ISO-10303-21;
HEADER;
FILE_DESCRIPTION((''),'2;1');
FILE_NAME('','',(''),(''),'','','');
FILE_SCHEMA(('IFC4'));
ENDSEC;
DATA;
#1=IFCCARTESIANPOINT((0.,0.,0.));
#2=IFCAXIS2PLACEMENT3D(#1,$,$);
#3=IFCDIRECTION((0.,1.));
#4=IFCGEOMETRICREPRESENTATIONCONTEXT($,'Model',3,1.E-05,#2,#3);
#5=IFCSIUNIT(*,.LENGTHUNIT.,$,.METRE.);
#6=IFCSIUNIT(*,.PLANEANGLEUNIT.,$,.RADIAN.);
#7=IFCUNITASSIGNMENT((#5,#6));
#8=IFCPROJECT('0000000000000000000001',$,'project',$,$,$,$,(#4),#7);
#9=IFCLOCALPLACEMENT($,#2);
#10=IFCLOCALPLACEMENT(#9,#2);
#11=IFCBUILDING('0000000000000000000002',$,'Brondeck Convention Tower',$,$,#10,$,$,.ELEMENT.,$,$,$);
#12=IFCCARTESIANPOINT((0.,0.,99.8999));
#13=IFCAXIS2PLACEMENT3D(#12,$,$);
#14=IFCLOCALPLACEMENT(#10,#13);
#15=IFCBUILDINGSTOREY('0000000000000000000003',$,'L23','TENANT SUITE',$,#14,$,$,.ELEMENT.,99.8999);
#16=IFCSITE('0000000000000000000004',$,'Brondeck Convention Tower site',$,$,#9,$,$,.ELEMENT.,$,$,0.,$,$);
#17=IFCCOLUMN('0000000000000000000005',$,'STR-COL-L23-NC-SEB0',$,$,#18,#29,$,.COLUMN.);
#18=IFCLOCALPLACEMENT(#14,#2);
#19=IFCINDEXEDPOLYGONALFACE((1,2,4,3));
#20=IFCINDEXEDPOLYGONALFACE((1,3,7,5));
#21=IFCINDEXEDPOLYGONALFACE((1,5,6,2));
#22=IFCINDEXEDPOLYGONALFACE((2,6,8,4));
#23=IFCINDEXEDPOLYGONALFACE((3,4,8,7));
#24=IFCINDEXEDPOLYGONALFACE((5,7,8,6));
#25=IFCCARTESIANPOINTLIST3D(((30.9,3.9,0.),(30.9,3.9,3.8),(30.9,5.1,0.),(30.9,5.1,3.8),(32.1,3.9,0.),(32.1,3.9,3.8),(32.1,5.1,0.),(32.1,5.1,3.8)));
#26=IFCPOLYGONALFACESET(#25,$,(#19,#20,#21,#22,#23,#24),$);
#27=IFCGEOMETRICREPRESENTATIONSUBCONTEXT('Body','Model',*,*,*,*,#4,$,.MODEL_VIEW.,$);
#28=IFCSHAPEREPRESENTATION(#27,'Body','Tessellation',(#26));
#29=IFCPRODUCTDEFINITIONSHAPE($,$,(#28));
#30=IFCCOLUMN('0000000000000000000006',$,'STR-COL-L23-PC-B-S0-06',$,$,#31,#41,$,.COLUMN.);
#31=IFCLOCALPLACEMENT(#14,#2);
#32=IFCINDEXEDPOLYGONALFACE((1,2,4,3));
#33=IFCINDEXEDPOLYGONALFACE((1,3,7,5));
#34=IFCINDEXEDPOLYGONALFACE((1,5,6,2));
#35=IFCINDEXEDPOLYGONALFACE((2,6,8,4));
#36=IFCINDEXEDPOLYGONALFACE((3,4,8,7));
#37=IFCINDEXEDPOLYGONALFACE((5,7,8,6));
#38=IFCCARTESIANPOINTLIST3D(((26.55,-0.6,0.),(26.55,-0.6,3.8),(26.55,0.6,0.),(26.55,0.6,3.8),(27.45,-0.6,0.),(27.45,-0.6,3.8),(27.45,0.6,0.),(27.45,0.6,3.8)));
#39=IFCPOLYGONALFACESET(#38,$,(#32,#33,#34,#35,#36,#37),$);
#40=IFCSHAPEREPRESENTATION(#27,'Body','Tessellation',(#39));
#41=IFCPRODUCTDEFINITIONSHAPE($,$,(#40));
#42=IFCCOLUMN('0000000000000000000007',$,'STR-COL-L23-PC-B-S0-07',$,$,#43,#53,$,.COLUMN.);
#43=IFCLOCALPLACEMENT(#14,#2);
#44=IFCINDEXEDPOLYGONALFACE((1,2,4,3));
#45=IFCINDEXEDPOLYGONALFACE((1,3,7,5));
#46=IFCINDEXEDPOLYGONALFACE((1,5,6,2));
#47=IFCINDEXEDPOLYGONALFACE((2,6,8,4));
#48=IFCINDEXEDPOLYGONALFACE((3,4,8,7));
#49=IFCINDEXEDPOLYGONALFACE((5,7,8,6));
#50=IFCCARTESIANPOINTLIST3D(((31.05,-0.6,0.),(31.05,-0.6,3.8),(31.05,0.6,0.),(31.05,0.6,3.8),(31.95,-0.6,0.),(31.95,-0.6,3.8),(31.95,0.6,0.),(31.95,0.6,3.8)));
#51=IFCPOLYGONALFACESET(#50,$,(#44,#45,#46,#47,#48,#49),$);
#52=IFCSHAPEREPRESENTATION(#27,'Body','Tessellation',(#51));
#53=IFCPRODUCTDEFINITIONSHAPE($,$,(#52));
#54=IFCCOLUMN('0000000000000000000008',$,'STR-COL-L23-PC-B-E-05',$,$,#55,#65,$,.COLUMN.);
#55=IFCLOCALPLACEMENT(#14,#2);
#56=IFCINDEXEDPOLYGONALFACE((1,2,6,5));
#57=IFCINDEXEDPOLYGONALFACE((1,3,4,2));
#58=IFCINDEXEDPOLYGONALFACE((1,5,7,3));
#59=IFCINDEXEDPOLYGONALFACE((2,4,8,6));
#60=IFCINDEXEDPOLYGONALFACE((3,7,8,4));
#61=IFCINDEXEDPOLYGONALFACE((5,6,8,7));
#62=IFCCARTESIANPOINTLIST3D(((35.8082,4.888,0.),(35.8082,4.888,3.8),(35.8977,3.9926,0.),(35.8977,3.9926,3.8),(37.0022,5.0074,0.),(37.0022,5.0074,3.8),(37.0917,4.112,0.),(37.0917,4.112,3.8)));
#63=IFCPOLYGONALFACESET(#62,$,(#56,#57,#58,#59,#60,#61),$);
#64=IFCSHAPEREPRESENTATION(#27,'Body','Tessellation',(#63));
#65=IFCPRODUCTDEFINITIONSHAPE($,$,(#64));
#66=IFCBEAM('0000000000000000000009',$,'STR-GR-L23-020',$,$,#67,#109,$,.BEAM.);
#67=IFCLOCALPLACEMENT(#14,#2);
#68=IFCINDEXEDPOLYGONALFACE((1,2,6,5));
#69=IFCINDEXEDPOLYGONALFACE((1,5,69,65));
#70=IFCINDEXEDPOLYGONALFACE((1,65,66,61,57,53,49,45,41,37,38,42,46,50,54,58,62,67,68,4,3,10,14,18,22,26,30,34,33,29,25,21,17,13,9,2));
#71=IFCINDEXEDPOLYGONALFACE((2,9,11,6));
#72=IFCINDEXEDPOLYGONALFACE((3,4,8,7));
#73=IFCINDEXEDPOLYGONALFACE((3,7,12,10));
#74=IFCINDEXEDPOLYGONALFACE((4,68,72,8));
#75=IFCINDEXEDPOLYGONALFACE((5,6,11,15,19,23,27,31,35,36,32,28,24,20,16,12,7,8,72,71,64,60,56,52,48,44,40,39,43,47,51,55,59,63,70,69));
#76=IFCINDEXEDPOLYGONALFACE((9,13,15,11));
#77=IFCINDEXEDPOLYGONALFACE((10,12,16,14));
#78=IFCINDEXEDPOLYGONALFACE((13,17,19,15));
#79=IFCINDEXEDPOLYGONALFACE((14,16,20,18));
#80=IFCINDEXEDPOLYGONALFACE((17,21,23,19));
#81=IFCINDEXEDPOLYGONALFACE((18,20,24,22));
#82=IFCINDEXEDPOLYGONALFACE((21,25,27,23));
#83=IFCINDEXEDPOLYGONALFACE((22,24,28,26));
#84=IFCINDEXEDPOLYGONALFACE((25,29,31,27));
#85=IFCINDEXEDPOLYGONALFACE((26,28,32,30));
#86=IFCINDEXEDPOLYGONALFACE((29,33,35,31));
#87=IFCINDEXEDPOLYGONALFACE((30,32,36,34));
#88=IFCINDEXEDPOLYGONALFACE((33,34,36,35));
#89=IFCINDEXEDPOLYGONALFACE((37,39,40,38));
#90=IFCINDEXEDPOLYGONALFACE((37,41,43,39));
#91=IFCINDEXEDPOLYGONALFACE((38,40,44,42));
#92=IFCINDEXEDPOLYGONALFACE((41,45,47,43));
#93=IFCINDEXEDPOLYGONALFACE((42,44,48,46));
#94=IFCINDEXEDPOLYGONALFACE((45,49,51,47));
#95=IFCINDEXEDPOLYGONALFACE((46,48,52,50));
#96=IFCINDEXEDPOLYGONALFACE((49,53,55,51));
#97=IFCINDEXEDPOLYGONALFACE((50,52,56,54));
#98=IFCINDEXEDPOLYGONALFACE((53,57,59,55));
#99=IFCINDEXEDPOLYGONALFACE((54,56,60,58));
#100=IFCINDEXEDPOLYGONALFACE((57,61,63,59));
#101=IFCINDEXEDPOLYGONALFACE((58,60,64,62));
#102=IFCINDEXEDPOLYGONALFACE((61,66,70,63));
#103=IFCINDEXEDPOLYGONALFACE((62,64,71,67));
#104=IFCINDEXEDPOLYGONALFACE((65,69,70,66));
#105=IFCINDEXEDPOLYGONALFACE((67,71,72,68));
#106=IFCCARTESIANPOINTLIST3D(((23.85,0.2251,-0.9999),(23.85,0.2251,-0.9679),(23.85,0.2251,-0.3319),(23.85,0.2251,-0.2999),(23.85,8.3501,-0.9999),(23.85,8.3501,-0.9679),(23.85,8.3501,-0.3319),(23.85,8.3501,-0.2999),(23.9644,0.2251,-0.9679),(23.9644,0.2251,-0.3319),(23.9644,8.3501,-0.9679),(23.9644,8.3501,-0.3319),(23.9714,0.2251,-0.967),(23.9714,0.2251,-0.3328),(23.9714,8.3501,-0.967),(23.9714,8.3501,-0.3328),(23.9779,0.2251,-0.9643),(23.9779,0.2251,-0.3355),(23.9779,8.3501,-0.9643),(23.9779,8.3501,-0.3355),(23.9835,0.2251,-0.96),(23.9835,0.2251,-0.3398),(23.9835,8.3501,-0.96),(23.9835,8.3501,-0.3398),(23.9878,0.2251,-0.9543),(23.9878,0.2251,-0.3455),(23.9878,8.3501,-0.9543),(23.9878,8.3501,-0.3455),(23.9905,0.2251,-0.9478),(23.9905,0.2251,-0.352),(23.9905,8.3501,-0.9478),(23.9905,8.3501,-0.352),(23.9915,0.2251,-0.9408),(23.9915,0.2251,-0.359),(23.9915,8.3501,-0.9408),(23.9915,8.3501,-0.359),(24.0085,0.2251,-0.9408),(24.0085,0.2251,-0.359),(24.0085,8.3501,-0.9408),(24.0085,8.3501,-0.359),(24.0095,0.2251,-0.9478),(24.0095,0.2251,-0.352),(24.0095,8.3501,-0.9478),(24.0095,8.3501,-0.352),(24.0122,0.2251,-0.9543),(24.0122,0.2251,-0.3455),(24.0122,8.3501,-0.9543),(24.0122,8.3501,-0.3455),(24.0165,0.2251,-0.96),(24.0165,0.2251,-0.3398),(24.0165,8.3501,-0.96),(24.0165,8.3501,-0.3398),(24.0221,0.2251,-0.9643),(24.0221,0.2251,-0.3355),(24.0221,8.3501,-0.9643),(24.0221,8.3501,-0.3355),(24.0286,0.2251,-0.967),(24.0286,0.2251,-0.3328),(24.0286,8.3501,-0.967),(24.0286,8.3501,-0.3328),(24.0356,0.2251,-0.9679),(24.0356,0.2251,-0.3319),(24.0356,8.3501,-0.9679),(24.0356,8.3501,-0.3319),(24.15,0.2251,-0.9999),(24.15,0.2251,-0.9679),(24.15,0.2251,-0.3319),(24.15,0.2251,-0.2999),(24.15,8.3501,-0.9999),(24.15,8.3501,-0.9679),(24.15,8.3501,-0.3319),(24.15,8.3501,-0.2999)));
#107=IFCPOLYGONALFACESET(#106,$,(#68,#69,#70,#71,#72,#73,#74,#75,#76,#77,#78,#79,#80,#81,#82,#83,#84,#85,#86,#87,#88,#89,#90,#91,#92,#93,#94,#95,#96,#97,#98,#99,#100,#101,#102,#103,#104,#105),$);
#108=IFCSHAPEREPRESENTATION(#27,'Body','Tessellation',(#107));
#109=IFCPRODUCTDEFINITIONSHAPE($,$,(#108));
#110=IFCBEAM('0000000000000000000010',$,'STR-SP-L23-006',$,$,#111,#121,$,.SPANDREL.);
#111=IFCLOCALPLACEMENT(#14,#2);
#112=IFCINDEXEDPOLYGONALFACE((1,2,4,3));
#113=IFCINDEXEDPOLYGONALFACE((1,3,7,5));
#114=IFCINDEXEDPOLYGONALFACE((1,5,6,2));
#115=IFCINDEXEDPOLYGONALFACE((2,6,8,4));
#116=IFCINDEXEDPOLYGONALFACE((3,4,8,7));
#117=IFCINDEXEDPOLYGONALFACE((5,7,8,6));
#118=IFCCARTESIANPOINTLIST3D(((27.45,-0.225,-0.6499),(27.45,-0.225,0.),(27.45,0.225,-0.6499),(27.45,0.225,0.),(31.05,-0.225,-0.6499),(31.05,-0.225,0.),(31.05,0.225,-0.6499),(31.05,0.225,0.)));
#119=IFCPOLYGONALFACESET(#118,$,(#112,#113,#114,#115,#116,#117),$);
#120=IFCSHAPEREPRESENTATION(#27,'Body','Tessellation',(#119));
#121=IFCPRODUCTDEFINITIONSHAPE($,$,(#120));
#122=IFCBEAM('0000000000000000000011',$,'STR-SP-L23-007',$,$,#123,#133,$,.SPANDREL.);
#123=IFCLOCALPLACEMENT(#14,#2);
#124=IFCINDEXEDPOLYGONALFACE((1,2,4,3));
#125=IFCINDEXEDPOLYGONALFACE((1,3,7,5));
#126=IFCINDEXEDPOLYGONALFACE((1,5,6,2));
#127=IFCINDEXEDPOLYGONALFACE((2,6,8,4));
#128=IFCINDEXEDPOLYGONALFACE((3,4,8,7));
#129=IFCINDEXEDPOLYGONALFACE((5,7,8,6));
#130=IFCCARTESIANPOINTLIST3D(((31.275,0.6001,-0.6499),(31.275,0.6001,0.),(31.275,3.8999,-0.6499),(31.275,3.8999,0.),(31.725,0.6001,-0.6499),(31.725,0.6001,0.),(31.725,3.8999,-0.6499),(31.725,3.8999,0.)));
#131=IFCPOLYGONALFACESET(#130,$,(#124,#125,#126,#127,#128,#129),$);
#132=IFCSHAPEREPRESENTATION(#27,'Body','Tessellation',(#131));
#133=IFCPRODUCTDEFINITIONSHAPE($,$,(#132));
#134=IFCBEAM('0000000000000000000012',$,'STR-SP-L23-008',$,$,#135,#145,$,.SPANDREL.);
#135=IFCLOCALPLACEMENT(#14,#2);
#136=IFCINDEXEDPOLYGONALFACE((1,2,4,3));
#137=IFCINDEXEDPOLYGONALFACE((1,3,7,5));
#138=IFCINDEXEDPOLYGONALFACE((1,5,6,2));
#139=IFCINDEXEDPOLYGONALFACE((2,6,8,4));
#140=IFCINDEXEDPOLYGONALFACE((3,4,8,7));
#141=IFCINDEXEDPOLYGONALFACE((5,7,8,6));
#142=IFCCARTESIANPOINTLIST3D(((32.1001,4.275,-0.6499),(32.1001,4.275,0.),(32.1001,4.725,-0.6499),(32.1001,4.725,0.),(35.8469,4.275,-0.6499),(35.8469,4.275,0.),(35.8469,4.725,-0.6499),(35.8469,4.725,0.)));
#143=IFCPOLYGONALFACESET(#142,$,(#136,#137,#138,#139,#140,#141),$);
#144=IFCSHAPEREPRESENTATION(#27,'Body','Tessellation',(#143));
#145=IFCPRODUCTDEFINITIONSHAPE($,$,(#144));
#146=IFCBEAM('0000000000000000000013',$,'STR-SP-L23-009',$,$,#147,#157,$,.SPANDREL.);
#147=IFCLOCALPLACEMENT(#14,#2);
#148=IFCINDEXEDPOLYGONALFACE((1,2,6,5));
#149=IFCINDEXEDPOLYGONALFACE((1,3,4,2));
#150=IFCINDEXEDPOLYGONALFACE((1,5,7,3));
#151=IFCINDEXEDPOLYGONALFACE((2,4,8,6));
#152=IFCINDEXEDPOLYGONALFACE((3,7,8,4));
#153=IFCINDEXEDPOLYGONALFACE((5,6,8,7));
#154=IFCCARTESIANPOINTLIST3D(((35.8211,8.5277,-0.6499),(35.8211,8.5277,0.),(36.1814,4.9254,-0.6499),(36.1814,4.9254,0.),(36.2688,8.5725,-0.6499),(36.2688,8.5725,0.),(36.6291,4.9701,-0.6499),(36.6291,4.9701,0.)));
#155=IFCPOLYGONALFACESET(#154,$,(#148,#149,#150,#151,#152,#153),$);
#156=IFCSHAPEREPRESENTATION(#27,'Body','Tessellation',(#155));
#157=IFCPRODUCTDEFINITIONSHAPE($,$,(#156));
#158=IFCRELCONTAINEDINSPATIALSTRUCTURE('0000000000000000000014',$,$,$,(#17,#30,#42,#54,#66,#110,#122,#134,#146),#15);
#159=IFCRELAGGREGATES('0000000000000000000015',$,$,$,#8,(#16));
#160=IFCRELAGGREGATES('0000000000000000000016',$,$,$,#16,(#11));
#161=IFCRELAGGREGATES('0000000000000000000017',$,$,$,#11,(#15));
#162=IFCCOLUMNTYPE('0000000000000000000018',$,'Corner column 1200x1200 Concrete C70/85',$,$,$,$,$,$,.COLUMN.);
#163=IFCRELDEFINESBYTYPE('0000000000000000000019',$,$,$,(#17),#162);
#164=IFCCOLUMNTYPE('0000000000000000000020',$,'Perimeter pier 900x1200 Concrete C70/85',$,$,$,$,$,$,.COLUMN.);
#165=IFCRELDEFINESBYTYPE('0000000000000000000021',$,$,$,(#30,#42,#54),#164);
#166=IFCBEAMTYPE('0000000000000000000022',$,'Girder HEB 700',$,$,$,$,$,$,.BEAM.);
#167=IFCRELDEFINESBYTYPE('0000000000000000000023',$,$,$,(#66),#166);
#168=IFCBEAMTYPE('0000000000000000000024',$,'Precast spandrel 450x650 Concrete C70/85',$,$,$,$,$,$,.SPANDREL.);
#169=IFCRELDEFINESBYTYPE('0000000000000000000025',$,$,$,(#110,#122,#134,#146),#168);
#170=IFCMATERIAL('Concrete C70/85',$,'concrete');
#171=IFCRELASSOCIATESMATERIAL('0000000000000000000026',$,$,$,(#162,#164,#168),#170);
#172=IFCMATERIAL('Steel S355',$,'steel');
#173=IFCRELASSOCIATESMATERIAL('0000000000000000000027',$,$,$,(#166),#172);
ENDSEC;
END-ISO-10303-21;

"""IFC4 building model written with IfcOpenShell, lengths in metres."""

from ifc_helpers import new_model, si_unit, direction, frame, origin, origin_2d, place, context, subcontext, project, spatial, rectangle, i_section, extrude, material, material_profile, profile_set, type_object, element, save


model = new_model("IFC4")

# Units and contexts
model_context = context("Model", 3, precision=1e-05, world=origin(), true_north=direction((0.0, 1.0)))
body_context = subcontext(model_context, "Body", "Model", "MODEL_VIEW")
ifc_project = project(units=[si_unit("LENGTHUNIT", "METRE"), si_unit("PLANEANGLEUNIT", "RADIAN")], contexts=[model_context])

# Site, building, storey
site_placement = place(None, origin())
site = spatial("IfcSite", under=ifc_project, at=site_placement, Name="Brondeck Convention Tower site", CompositionType="ELEMENT", RefElevation=0.0)
building_placement = place(site_placement, origin())
building = spatial("IfcBuilding", under=site, at=building_placement, Name="Brondeck Convention Tower", CompositionType="ELEMENT")
storey_placement = place(building_placement, frame((0.0, 0.0, 99.8999)))
storey = spatial("IfcBuildingStorey", under=building, at=storey_placement, Name="L23", Description="TENANT SUITE", CompositionType="ELEMENT", Elevation=99.8999)

# Columns
ifc_material_1 = material(Name="Concrete C70/85", Category="concrete")
ifc_material_profile_1 = material_profile(ifc_material_1, rectangle(XDim=1.2, YDim=1.2, at=origin_2d()), Name="Corner column 1200x1200 Concrete C70/85")
ifc_profile_set_1 = profile_set([ifc_material_profile_1], Name="Concrete C70/85")
column_type_1 = type_object("IfcColumnType", Name="Corner column 1200x1200 Concrete C70/85", PredefinedType="COLUMN", material=ifc_profile_set_1)
column_placement = place(storey_placement, frame((31.5, 4.5, 0.0), z_axis=(0.0, 0.0, 1.0), x_axis=(1.0, 0.0, 0.0)))
element("IfcColumn", 1, at=column_placement, inside=storey, type_object=column_type_1, Name="STR-COL-L23-NC-SEB0", PredefinedType="COLUMN", context=body_context, shape_type="SweptSolid", body=[
    extrude(rectangle(XDim=1.2, YDim=1.2, at=origin_2d()), origin(), (0.0, 0.0, 1.0), 3.8),
])
ifc_material_profile_2 = material_profile(ifc_material_1, rectangle(XDim=0.8999, YDim=1.2, at=origin_2d()), Name="Perimeter pier 900x1200 Concrete C70/85")
ifc_profile_set_2 = profile_set([ifc_material_profile_2], Name="Concrete C70/85")
column_type_2 = type_object("IfcColumnType", Name="Perimeter pier 900x1200 Concrete C70/85", PredefinedType="COLUMN", material=ifc_profile_set_2)
for number, where, z_axis, x_axis, name in (
    (2, (27.0, 0.0, 0.0), (0.0, 0.0, 1.0), (1.0, 0.0, 0.0), "STR-COL-L23-PC-B-S0-06"),
    (3, (31.5, 0.0, 0.0), (0.0, 0.0, 1.0), (1.0, 0.0, 0.0), "STR-COL-L23-PC-B-S0-07"),
    (4, (36.45, 4.5, 0.0), (0.0, 0.0, 1.0), (-0.099504, 0.995037, 0.0), "STR-COL-L23-PC-B-E-05"),
):
    element("IfcColumn", number, at=place(storey_placement, frame(where, z_axis=z_axis, x_axis=x_axis)), inside=storey, type_object=column_type_2, Name=name, PredefinedType="COLUMN", context=body_context, shape_type="SweptSolid", body=[
        extrude(rectangle(XDim=0.8999, YDim=1.2, at=origin_2d()), origin(), (0.0, 0.0, 1.0), 3.8),
    ])

# Beams
ifc_material_2 = material(Name="Steel S355", Category="steel")
ifc_material_profile_3 = material_profile(ifc_material_2, i_section(OverallWidth=0.3, OverallDepth=0.7, WebThickness=0.0171, FlangeThickness=0.032, FilletRadius=0.0271, at=origin_2d()), Name="HEB 700")
ifc_profile_set_3 = profile_set([ifc_material_profile_3], Name="Steel S355")
beam_type_1 = type_object("IfcBeamType", Name="Girder HEB 700", PredefinedType="BEAM", material=ifc_profile_set_3)
beam_1_placement = place(storey_placement, frame((24.0, 8.3501, -0.6499), z_axis=(0.0, -1.0, 0.0), x_axis=(1.0, 0.0, 0.0)))
element("IfcBeam", 5, at=beam_1_placement, inside=storey, type_object=beam_type_1, Name="STR-GR-L23-020", PredefinedType="BEAM", context=body_context, shape_type="SweptSolid", body=[
    extrude(i_section(OverallWidth=0.3, OverallDepth=0.7, WebThickness=0.0171, FlangeThickness=0.032, FilletRadius=0.0271, at=origin_2d()), origin(), (0.0, 0.0, 1.0), 8.125),
])
ifc_material_profile_4 = material_profile(ifc_material_1, rectangle(XDim=0.45, YDim=0.6499, at=origin_2d()), Name="Precast spandrel 450x650 Concrete C70/85")
ifc_profile_set_4 = profile_set([ifc_material_profile_4], Name="Concrete C70/85")
beam_type_2 = type_object("IfcBeamType", Name="Precast spandrel 450x650 Concrete C70/85", PredefinedType="SPANDREL", material=ifc_profile_set_4)
beam_2_placement = place(storey_placement, frame((27.45, 0.0, -0.325), z_axis=(1.0, 0.0, 0.0), x_axis=(0.0, 1.0, 0.0)))
element("IfcBeam", 6, at=beam_2_placement, inside=storey, type_object=beam_type_2, Name="STR-SP-L23-006", PredefinedType="SPANDREL", context=body_context, shape_type="SweptSolid", body=[
    extrude(rectangle(XDim=0.45, YDim=0.6499, at=origin_2d()), origin(), (0.0, 0.0, 1.0), 3.6001),
])
beam_3_placement = place(storey_placement, frame((31.5, 0.6001, -0.325), z_axis=(0.0, 1.0, 0.0), x_axis=(-1.0, 0.0, 0.0)))
element("IfcBeam", 7, at=beam_3_placement, inside=storey, type_object=beam_type_2, Name="STR-SP-L23-007", PredefinedType="SPANDREL", context=body_context, shape_type="SweptSolid", body=[
    extrude(rectangle(XDim=0.45, YDim=0.6499, at=origin_2d()), origin(), (0.0, 0.0, 1.0), 3.2998),
])
beam_4_placement = place(storey_placement, frame((32.1001, 4.5, -0.325), z_axis=(1.0, 0.0, 0.0), x_axis=(0.0, 1.0, 0.0)))
element("IfcBeam", 8, at=beam_4_placement, inside=storey, type_object=beam_type_2, Name="STR-SP-L23-008", PredefinedType="SPANDREL", context=body_context, shape_type="SweptSolid", body=[
    extrude(rectangle(XDim=0.45, YDim=0.6499, at=origin_2d()), origin(), (0.0, 0.0, 1.0), 3.7468),
])
beam_5_placement = place(storey_placement, frame((36.4053, 4.9478, -0.325), z_axis=(-0.099537, 0.995034, 0.0), x_axis=(-0.995034, -0.099537, 0.0)))
element("IfcBeam", 9, at=beam_5_placement, inside=storey, type_object=beam_type_2, Name="STR-SP-L23-009", PredefinedType="SPANDREL", context=body_context, shape_type="SweptSolid", body=[
    extrude(rectangle(XDim=0.45, YDim=0.6499, at=origin_2d()), origin(), (0.0, 0.0, 1.0), 3.6204),
])

save(model, "model.ifc")
